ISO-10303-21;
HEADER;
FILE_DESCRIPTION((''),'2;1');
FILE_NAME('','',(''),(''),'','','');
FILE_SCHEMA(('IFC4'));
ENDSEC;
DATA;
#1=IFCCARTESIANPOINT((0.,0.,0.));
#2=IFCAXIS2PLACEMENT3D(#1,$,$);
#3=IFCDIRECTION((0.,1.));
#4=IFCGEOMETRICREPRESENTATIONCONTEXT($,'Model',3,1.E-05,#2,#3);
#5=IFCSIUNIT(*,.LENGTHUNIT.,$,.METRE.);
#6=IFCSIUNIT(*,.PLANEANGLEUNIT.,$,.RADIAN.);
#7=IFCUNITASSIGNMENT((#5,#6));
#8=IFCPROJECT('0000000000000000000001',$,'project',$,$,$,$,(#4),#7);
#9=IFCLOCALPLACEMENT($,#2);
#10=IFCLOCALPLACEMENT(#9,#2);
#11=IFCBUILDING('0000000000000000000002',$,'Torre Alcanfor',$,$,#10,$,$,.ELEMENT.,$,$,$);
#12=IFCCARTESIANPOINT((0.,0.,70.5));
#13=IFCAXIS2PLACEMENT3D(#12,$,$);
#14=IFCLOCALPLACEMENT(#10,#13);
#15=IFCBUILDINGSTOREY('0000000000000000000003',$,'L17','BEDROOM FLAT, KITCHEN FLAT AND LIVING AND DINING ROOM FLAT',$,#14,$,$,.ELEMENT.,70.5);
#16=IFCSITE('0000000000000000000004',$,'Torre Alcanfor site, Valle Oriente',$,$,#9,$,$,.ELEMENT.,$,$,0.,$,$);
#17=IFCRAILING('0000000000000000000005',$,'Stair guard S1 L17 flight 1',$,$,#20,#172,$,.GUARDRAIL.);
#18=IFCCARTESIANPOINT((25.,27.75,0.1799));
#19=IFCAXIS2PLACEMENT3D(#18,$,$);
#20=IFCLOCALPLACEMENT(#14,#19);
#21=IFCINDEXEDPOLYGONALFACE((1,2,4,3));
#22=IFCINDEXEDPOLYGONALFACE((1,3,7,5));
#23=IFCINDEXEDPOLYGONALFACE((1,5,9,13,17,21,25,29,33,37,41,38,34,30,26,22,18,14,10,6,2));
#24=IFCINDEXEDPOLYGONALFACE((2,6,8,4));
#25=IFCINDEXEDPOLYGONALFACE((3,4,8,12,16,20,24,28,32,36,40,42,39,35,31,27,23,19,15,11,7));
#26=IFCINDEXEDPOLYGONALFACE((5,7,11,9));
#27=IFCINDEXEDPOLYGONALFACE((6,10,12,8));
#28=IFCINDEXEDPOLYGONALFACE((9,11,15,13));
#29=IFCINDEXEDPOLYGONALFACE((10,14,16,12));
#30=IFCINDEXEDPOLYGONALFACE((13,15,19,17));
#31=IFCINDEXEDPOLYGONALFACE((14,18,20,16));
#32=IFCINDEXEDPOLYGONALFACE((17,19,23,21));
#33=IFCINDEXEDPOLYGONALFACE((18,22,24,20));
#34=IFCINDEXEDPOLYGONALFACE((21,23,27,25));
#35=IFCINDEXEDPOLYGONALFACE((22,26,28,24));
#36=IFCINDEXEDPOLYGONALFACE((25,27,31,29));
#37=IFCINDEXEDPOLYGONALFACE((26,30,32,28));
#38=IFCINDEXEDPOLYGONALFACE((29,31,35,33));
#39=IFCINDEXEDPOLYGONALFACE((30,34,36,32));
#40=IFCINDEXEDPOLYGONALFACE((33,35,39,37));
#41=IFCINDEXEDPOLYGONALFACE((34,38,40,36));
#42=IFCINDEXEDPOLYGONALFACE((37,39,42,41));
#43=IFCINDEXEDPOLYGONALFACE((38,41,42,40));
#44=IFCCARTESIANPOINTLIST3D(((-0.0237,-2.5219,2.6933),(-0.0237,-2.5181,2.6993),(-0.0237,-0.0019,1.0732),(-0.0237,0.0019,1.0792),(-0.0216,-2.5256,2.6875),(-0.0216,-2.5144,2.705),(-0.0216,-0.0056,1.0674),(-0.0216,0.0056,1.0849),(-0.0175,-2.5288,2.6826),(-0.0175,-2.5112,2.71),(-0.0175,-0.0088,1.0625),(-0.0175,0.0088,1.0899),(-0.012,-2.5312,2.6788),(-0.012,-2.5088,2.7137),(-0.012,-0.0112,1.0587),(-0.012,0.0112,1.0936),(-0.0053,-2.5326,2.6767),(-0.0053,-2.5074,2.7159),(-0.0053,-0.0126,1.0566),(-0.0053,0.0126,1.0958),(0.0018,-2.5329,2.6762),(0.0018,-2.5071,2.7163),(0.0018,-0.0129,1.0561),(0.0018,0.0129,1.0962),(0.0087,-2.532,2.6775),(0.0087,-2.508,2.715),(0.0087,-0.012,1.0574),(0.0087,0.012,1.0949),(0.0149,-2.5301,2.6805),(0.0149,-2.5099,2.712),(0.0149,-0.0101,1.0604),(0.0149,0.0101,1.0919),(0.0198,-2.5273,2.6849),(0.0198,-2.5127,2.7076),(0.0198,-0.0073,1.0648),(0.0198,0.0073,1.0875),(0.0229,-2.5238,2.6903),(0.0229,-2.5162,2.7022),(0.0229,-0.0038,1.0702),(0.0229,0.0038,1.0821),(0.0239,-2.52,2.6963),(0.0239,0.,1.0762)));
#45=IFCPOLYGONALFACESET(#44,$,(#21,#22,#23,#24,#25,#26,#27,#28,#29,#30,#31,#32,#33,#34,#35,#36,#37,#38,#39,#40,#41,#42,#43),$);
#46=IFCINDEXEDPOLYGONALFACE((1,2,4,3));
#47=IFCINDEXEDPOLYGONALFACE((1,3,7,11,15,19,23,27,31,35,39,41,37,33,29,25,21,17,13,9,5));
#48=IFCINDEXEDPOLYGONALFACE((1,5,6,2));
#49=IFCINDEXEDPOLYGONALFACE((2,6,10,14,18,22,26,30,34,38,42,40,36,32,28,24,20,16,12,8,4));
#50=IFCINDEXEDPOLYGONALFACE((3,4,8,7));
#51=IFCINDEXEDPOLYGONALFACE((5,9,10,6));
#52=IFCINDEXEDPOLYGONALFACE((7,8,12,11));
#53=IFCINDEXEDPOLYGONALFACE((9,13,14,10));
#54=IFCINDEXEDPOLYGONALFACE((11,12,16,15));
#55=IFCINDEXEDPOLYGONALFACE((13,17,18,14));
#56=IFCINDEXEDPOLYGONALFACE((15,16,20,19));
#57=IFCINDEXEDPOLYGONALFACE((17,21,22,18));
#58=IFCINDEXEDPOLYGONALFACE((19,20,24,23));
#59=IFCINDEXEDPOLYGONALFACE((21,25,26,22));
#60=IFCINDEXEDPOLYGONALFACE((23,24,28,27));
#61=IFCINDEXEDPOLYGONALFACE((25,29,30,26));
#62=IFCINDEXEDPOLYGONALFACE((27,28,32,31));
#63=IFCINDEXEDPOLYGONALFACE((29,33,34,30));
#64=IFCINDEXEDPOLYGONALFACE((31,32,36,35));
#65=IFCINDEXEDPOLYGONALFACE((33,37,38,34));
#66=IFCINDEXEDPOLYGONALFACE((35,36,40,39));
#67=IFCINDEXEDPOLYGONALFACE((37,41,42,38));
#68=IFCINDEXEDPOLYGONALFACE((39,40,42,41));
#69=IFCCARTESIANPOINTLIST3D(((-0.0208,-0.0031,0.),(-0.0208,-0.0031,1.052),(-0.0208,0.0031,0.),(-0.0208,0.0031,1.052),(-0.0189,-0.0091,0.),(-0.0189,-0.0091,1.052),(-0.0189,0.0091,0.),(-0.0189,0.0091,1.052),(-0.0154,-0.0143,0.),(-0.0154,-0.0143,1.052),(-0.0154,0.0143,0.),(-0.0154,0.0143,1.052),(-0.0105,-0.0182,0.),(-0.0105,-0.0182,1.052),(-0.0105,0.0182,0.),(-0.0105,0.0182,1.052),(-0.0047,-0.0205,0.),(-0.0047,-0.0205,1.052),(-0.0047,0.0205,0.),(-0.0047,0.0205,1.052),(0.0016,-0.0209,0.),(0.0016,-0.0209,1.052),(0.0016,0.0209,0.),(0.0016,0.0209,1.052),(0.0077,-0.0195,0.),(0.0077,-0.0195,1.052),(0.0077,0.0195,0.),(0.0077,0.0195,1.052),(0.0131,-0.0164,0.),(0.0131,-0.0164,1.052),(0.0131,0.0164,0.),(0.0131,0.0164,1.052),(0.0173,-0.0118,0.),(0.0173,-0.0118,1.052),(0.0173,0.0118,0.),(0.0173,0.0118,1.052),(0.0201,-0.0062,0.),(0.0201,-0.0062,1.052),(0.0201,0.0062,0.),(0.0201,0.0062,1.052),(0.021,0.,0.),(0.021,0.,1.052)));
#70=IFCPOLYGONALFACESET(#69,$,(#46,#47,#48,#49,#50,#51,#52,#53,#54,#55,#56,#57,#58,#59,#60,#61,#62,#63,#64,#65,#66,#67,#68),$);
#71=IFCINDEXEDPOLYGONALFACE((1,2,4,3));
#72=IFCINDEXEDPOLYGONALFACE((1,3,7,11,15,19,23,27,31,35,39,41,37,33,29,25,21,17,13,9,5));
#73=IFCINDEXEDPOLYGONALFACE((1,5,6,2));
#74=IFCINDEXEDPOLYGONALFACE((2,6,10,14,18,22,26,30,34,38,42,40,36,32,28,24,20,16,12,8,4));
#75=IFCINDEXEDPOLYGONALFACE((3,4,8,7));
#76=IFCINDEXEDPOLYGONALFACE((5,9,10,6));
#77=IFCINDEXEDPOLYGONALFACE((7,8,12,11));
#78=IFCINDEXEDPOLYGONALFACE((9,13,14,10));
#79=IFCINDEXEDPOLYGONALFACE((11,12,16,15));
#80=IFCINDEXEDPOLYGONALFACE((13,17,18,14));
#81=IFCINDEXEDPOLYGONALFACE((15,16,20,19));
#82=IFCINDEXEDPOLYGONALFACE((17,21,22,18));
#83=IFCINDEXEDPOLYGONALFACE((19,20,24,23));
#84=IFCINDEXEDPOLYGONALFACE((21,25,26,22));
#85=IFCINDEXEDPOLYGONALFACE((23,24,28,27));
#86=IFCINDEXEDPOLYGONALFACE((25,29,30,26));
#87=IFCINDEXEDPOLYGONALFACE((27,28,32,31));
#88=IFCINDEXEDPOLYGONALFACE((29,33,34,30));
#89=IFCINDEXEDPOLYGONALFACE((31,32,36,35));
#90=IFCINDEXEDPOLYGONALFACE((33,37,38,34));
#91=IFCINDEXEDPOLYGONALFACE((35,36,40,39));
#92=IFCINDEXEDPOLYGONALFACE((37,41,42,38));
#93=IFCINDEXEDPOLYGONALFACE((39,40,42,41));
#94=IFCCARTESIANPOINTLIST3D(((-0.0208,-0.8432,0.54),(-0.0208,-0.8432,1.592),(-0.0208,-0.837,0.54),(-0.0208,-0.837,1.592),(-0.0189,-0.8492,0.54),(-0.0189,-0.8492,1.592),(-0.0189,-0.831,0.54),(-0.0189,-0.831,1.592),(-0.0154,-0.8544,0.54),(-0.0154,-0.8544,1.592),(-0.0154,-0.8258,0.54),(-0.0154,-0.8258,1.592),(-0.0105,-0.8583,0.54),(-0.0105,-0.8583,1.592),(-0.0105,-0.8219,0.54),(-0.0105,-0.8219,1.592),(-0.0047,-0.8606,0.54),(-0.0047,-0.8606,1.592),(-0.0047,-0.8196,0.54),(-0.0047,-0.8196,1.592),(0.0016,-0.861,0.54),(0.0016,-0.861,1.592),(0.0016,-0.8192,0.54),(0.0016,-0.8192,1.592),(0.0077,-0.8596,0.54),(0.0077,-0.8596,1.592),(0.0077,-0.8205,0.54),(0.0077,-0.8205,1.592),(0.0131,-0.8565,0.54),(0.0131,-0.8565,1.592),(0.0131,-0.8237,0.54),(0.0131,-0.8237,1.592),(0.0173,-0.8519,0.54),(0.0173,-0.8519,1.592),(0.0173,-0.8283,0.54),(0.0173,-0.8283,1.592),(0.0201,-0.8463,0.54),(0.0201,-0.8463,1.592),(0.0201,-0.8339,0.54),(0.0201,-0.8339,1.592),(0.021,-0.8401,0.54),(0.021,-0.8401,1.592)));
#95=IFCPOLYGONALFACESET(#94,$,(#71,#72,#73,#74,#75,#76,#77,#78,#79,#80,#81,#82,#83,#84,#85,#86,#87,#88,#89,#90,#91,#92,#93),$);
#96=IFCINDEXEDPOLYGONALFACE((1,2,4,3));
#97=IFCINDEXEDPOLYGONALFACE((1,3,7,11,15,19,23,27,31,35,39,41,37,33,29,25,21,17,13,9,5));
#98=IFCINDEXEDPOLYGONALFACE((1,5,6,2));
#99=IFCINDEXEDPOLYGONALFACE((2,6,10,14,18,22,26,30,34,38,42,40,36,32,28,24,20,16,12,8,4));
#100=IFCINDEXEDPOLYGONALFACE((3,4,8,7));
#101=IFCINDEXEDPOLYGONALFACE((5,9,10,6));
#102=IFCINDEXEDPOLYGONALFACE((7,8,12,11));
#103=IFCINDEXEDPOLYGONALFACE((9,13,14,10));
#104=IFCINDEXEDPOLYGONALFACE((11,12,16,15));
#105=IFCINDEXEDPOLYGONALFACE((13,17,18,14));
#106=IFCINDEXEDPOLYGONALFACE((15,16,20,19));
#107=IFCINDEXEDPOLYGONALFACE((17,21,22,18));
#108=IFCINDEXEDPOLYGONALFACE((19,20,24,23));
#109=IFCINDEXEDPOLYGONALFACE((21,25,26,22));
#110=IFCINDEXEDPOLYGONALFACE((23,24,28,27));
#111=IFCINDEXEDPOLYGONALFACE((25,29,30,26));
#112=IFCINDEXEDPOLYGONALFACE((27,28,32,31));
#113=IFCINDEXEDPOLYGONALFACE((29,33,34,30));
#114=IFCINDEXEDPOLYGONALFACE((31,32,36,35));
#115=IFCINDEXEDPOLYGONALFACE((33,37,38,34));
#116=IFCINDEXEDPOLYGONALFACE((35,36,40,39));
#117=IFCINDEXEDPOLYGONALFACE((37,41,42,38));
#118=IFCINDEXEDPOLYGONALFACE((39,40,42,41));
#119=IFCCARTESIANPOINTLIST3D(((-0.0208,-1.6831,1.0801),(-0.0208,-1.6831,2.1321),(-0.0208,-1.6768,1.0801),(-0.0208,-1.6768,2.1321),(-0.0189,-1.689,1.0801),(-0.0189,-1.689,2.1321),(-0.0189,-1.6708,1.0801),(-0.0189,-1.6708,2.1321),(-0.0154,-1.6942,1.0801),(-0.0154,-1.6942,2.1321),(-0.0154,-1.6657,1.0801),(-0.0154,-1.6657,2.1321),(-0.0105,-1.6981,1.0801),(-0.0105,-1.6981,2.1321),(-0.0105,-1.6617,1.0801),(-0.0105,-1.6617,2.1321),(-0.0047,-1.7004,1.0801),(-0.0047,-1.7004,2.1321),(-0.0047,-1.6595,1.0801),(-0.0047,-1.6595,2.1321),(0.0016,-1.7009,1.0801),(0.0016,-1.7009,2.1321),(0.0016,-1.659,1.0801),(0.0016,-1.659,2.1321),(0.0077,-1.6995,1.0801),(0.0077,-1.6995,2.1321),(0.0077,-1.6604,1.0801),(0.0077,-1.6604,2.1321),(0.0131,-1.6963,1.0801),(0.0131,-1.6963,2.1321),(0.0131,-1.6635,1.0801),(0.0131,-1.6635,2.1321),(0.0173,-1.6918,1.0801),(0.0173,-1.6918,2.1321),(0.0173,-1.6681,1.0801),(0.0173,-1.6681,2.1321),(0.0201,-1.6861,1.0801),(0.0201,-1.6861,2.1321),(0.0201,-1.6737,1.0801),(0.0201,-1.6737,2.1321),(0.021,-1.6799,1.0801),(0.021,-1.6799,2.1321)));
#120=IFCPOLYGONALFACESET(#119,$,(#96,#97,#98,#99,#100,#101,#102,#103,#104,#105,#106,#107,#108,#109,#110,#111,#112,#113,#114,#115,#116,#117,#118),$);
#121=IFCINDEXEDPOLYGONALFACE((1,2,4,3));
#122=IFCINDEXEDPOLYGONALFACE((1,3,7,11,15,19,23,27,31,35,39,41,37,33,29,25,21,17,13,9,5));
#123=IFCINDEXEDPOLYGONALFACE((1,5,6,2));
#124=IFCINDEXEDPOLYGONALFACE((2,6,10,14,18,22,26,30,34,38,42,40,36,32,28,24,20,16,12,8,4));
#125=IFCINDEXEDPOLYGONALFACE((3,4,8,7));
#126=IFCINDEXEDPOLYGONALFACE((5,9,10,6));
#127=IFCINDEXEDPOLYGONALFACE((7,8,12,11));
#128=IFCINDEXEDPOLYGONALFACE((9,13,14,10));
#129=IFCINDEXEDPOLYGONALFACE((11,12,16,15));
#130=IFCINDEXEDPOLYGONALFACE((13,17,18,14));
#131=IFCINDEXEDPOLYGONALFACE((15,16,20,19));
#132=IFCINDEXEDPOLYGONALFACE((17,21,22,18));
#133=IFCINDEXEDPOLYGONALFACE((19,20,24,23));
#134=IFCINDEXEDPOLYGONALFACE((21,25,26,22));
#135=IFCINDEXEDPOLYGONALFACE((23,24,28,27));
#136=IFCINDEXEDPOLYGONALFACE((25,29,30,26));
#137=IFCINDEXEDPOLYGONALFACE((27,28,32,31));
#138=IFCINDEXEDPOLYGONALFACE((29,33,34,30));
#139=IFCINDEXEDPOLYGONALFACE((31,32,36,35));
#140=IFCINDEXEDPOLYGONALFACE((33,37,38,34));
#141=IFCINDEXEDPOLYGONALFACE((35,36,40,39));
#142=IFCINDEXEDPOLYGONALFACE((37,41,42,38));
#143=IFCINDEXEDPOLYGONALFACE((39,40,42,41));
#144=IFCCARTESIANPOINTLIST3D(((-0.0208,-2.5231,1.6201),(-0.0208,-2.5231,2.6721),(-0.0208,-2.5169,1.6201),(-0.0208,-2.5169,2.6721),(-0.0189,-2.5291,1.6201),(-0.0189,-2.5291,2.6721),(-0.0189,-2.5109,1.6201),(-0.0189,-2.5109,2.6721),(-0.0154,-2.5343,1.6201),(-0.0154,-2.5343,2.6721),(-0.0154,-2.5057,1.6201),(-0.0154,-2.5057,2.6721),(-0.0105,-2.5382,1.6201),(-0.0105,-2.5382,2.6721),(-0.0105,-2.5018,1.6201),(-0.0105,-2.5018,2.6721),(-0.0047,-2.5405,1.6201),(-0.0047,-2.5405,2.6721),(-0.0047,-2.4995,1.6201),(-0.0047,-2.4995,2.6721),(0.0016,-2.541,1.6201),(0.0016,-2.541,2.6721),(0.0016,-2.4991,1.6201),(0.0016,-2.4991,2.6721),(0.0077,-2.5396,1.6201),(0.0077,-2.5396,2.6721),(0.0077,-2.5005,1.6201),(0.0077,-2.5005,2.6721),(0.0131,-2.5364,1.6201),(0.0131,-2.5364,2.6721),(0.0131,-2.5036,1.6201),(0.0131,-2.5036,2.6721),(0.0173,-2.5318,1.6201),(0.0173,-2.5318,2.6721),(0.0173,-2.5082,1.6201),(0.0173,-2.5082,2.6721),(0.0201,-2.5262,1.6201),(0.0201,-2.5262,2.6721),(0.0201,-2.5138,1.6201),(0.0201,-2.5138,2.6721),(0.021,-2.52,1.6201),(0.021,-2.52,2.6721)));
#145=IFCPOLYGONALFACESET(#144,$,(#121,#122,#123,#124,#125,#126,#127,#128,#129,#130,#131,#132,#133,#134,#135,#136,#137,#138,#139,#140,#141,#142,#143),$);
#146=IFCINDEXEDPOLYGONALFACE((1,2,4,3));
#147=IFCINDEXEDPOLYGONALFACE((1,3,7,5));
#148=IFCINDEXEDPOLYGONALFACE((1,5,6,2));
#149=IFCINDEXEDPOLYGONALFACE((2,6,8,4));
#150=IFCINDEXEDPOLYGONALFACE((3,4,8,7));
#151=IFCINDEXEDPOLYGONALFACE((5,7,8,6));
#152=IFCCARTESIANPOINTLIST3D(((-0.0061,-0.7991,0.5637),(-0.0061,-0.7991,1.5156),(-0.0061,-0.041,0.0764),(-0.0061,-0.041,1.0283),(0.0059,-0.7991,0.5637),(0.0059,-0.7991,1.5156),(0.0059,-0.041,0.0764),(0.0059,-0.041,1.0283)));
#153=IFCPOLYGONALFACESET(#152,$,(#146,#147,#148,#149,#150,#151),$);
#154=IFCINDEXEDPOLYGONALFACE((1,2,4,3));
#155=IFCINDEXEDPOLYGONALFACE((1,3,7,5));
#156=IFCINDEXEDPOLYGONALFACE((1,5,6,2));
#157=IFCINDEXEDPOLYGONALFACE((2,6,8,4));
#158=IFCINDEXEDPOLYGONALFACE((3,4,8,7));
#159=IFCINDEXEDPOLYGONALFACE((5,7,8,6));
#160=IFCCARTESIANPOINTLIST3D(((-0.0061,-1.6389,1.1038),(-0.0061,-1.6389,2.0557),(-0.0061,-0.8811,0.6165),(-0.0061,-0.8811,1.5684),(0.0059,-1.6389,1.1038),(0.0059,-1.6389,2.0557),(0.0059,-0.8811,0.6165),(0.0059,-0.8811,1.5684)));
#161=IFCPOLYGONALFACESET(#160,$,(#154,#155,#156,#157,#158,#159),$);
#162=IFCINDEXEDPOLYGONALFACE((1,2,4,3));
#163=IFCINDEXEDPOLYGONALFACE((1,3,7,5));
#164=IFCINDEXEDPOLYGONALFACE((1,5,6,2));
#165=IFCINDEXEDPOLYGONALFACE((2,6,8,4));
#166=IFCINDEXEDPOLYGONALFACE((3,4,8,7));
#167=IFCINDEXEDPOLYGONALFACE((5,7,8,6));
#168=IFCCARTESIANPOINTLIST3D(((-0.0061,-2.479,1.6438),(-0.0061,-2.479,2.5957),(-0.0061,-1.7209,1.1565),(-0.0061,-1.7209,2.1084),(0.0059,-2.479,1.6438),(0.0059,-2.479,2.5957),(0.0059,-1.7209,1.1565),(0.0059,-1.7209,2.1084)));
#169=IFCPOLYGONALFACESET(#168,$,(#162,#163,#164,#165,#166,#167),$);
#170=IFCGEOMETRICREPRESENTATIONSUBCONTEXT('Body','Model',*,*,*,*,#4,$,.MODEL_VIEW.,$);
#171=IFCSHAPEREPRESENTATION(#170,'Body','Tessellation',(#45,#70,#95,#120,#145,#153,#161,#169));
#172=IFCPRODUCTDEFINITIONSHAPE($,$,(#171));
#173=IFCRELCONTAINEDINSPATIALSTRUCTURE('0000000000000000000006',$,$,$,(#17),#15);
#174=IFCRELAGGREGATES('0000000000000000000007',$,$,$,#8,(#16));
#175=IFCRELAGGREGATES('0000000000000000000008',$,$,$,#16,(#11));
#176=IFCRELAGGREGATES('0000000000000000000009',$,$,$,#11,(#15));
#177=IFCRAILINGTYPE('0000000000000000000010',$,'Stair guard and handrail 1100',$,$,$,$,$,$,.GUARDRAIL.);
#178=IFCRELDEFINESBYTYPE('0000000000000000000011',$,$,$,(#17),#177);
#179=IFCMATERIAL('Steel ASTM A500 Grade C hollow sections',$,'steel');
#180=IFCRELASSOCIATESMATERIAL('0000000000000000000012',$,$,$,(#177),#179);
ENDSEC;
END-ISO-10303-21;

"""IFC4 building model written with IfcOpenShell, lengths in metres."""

from ifc_helpers import new_model, si_unit, direction, frame, origin, origin_2d, place, context, subcontext, project, spatial, polyline, circle, outline, extrude, material, type_object, element, save


model = new_model("IFC4")

# Units and contexts
model_context = context("Model", 3, precision=1e-05, world=origin(), true_north=direction((0.0, 1.0)))
body_context = subcontext(model_context, "Body", "Model", "MODEL_VIEW")
ifc_project = project(units=[si_unit("LENGTHUNIT", "METRE"), si_unit("PLANEANGLEUNIT", "RADIAN")], contexts=[model_context])

# Site, building, storey
site_placement = place(None, origin())
site = spatial("IfcSite", under=ifc_project, at=site_placement, Name="Torre Alcanfor site, Valle Oriente", CompositionType="ELEMENT", RefElevation=0.0)
building_placement = place(site_placement, origin())
building = spatial("IfcBuilding", under=site, at=building_placement, Name="Torre Alcanfor", CompositionType="ELEMENT")
storey_placement = place(building_placement, frame((0.0, 0.0, 70.5)))
storey = spatial("IfcBuildingStorey", under=building, at=storey_placement, Name="L17", Description="BEDROOM FLAT, KITCHEN FLAT AND LIVING AND DINING ROOM FLAT", CompositionType="ELEMENT", Elevation=70.5)

# Railing
ifc_material_1 = material(Name="Steel ASTM A500 Grade C hollow sections", Category="steel")
railing_type_1 = type_object("IfcRailingType", Name="Stair guard and handrail 1100", PredefinedType="GUARDRAIL", material=ifc_material_1)
railing_1_placement = place(storey_placement, frame((25.0, 27.75, 0.1799)))
element("IfcRailing", 1, at=railing_1_placement, inside=storey, type_object=railing_type_1, Name="Stair guard S1 L17 flight 1", PredefinedType="GUARDRAIL", context=body_context, shape_type="SweptSolid", body=[
    extrude(circle(Radius=0.0239, at=origin_2d()), frame((0.0, 0.0, 1.0762), z_axis=(0.0, -0.841163, 0.540782), x_axis=(1.0, 0.0, 0.0)), (0.0, 0.0, 1.0), 2.9958),
    extrude(circle(Radius=0.021, at=origin_2d()), origin(), (0.0, 0.0, 1.0), 1.052),
    extrude(circle(Radius=0.021, at=origin_2d()), frame((0.0, -0.8401, 0.54)), (0.0, 0.0, 1.0), 1.052),
    extrude(circle(Radius=0.021, at=origin_2d()), frame((0.0, -1.6799, 1.0801)), (0.0, 0.0, 1.0), 1.052),
    extrude(circle(Radius=0.021, at=origin_2d()), frame((0.0, -2.52, 1.6201)), (0.0, 0.0, 1.0), 1.052),
    extrude(outline(polyline([(0.041, 0.0764), (0.7991, 0.5637), (0.7991, 1.5156), (0.041, 1.0283), (0.041, 0.0764)])), frame((0.0059, 0.0, 0.0), z_axis=(-1.0, 0.0, 0.0), x_axis=(0.0, -1.0, 0.0)), (0.0, 0.0, 1.0), 0.012),
    extrude(outline(polyline([(0.8811, 0.6165), (1.6389, 1.1038), (1.6389, 2.0557), (0.8811, 1.5684), (0.8811, 0.6165)])), frame((0.0059, 0.0, 0.0), z_axis=(-1.0, 0.0, 0.0), x_axis=(0.0, -1.0, 0.0)), (0.0, 0.0, 1.0), 0.012),
    extrude(outline(polyline([(1.7209, 1.1565), (2.479, 1.6438), (2.479, 2.5957), (1.7209, 2.1084), (1.7209, 1.1565)])), frame((0.0059, 0.0, 0.0), z_axis=(-1.0, 0.0, 0.0), x_axis=(0.0, -1.0, 0.0)), (0.0, 0.0, 1.0), 0.012),
])

save(model, "model.ifc")
